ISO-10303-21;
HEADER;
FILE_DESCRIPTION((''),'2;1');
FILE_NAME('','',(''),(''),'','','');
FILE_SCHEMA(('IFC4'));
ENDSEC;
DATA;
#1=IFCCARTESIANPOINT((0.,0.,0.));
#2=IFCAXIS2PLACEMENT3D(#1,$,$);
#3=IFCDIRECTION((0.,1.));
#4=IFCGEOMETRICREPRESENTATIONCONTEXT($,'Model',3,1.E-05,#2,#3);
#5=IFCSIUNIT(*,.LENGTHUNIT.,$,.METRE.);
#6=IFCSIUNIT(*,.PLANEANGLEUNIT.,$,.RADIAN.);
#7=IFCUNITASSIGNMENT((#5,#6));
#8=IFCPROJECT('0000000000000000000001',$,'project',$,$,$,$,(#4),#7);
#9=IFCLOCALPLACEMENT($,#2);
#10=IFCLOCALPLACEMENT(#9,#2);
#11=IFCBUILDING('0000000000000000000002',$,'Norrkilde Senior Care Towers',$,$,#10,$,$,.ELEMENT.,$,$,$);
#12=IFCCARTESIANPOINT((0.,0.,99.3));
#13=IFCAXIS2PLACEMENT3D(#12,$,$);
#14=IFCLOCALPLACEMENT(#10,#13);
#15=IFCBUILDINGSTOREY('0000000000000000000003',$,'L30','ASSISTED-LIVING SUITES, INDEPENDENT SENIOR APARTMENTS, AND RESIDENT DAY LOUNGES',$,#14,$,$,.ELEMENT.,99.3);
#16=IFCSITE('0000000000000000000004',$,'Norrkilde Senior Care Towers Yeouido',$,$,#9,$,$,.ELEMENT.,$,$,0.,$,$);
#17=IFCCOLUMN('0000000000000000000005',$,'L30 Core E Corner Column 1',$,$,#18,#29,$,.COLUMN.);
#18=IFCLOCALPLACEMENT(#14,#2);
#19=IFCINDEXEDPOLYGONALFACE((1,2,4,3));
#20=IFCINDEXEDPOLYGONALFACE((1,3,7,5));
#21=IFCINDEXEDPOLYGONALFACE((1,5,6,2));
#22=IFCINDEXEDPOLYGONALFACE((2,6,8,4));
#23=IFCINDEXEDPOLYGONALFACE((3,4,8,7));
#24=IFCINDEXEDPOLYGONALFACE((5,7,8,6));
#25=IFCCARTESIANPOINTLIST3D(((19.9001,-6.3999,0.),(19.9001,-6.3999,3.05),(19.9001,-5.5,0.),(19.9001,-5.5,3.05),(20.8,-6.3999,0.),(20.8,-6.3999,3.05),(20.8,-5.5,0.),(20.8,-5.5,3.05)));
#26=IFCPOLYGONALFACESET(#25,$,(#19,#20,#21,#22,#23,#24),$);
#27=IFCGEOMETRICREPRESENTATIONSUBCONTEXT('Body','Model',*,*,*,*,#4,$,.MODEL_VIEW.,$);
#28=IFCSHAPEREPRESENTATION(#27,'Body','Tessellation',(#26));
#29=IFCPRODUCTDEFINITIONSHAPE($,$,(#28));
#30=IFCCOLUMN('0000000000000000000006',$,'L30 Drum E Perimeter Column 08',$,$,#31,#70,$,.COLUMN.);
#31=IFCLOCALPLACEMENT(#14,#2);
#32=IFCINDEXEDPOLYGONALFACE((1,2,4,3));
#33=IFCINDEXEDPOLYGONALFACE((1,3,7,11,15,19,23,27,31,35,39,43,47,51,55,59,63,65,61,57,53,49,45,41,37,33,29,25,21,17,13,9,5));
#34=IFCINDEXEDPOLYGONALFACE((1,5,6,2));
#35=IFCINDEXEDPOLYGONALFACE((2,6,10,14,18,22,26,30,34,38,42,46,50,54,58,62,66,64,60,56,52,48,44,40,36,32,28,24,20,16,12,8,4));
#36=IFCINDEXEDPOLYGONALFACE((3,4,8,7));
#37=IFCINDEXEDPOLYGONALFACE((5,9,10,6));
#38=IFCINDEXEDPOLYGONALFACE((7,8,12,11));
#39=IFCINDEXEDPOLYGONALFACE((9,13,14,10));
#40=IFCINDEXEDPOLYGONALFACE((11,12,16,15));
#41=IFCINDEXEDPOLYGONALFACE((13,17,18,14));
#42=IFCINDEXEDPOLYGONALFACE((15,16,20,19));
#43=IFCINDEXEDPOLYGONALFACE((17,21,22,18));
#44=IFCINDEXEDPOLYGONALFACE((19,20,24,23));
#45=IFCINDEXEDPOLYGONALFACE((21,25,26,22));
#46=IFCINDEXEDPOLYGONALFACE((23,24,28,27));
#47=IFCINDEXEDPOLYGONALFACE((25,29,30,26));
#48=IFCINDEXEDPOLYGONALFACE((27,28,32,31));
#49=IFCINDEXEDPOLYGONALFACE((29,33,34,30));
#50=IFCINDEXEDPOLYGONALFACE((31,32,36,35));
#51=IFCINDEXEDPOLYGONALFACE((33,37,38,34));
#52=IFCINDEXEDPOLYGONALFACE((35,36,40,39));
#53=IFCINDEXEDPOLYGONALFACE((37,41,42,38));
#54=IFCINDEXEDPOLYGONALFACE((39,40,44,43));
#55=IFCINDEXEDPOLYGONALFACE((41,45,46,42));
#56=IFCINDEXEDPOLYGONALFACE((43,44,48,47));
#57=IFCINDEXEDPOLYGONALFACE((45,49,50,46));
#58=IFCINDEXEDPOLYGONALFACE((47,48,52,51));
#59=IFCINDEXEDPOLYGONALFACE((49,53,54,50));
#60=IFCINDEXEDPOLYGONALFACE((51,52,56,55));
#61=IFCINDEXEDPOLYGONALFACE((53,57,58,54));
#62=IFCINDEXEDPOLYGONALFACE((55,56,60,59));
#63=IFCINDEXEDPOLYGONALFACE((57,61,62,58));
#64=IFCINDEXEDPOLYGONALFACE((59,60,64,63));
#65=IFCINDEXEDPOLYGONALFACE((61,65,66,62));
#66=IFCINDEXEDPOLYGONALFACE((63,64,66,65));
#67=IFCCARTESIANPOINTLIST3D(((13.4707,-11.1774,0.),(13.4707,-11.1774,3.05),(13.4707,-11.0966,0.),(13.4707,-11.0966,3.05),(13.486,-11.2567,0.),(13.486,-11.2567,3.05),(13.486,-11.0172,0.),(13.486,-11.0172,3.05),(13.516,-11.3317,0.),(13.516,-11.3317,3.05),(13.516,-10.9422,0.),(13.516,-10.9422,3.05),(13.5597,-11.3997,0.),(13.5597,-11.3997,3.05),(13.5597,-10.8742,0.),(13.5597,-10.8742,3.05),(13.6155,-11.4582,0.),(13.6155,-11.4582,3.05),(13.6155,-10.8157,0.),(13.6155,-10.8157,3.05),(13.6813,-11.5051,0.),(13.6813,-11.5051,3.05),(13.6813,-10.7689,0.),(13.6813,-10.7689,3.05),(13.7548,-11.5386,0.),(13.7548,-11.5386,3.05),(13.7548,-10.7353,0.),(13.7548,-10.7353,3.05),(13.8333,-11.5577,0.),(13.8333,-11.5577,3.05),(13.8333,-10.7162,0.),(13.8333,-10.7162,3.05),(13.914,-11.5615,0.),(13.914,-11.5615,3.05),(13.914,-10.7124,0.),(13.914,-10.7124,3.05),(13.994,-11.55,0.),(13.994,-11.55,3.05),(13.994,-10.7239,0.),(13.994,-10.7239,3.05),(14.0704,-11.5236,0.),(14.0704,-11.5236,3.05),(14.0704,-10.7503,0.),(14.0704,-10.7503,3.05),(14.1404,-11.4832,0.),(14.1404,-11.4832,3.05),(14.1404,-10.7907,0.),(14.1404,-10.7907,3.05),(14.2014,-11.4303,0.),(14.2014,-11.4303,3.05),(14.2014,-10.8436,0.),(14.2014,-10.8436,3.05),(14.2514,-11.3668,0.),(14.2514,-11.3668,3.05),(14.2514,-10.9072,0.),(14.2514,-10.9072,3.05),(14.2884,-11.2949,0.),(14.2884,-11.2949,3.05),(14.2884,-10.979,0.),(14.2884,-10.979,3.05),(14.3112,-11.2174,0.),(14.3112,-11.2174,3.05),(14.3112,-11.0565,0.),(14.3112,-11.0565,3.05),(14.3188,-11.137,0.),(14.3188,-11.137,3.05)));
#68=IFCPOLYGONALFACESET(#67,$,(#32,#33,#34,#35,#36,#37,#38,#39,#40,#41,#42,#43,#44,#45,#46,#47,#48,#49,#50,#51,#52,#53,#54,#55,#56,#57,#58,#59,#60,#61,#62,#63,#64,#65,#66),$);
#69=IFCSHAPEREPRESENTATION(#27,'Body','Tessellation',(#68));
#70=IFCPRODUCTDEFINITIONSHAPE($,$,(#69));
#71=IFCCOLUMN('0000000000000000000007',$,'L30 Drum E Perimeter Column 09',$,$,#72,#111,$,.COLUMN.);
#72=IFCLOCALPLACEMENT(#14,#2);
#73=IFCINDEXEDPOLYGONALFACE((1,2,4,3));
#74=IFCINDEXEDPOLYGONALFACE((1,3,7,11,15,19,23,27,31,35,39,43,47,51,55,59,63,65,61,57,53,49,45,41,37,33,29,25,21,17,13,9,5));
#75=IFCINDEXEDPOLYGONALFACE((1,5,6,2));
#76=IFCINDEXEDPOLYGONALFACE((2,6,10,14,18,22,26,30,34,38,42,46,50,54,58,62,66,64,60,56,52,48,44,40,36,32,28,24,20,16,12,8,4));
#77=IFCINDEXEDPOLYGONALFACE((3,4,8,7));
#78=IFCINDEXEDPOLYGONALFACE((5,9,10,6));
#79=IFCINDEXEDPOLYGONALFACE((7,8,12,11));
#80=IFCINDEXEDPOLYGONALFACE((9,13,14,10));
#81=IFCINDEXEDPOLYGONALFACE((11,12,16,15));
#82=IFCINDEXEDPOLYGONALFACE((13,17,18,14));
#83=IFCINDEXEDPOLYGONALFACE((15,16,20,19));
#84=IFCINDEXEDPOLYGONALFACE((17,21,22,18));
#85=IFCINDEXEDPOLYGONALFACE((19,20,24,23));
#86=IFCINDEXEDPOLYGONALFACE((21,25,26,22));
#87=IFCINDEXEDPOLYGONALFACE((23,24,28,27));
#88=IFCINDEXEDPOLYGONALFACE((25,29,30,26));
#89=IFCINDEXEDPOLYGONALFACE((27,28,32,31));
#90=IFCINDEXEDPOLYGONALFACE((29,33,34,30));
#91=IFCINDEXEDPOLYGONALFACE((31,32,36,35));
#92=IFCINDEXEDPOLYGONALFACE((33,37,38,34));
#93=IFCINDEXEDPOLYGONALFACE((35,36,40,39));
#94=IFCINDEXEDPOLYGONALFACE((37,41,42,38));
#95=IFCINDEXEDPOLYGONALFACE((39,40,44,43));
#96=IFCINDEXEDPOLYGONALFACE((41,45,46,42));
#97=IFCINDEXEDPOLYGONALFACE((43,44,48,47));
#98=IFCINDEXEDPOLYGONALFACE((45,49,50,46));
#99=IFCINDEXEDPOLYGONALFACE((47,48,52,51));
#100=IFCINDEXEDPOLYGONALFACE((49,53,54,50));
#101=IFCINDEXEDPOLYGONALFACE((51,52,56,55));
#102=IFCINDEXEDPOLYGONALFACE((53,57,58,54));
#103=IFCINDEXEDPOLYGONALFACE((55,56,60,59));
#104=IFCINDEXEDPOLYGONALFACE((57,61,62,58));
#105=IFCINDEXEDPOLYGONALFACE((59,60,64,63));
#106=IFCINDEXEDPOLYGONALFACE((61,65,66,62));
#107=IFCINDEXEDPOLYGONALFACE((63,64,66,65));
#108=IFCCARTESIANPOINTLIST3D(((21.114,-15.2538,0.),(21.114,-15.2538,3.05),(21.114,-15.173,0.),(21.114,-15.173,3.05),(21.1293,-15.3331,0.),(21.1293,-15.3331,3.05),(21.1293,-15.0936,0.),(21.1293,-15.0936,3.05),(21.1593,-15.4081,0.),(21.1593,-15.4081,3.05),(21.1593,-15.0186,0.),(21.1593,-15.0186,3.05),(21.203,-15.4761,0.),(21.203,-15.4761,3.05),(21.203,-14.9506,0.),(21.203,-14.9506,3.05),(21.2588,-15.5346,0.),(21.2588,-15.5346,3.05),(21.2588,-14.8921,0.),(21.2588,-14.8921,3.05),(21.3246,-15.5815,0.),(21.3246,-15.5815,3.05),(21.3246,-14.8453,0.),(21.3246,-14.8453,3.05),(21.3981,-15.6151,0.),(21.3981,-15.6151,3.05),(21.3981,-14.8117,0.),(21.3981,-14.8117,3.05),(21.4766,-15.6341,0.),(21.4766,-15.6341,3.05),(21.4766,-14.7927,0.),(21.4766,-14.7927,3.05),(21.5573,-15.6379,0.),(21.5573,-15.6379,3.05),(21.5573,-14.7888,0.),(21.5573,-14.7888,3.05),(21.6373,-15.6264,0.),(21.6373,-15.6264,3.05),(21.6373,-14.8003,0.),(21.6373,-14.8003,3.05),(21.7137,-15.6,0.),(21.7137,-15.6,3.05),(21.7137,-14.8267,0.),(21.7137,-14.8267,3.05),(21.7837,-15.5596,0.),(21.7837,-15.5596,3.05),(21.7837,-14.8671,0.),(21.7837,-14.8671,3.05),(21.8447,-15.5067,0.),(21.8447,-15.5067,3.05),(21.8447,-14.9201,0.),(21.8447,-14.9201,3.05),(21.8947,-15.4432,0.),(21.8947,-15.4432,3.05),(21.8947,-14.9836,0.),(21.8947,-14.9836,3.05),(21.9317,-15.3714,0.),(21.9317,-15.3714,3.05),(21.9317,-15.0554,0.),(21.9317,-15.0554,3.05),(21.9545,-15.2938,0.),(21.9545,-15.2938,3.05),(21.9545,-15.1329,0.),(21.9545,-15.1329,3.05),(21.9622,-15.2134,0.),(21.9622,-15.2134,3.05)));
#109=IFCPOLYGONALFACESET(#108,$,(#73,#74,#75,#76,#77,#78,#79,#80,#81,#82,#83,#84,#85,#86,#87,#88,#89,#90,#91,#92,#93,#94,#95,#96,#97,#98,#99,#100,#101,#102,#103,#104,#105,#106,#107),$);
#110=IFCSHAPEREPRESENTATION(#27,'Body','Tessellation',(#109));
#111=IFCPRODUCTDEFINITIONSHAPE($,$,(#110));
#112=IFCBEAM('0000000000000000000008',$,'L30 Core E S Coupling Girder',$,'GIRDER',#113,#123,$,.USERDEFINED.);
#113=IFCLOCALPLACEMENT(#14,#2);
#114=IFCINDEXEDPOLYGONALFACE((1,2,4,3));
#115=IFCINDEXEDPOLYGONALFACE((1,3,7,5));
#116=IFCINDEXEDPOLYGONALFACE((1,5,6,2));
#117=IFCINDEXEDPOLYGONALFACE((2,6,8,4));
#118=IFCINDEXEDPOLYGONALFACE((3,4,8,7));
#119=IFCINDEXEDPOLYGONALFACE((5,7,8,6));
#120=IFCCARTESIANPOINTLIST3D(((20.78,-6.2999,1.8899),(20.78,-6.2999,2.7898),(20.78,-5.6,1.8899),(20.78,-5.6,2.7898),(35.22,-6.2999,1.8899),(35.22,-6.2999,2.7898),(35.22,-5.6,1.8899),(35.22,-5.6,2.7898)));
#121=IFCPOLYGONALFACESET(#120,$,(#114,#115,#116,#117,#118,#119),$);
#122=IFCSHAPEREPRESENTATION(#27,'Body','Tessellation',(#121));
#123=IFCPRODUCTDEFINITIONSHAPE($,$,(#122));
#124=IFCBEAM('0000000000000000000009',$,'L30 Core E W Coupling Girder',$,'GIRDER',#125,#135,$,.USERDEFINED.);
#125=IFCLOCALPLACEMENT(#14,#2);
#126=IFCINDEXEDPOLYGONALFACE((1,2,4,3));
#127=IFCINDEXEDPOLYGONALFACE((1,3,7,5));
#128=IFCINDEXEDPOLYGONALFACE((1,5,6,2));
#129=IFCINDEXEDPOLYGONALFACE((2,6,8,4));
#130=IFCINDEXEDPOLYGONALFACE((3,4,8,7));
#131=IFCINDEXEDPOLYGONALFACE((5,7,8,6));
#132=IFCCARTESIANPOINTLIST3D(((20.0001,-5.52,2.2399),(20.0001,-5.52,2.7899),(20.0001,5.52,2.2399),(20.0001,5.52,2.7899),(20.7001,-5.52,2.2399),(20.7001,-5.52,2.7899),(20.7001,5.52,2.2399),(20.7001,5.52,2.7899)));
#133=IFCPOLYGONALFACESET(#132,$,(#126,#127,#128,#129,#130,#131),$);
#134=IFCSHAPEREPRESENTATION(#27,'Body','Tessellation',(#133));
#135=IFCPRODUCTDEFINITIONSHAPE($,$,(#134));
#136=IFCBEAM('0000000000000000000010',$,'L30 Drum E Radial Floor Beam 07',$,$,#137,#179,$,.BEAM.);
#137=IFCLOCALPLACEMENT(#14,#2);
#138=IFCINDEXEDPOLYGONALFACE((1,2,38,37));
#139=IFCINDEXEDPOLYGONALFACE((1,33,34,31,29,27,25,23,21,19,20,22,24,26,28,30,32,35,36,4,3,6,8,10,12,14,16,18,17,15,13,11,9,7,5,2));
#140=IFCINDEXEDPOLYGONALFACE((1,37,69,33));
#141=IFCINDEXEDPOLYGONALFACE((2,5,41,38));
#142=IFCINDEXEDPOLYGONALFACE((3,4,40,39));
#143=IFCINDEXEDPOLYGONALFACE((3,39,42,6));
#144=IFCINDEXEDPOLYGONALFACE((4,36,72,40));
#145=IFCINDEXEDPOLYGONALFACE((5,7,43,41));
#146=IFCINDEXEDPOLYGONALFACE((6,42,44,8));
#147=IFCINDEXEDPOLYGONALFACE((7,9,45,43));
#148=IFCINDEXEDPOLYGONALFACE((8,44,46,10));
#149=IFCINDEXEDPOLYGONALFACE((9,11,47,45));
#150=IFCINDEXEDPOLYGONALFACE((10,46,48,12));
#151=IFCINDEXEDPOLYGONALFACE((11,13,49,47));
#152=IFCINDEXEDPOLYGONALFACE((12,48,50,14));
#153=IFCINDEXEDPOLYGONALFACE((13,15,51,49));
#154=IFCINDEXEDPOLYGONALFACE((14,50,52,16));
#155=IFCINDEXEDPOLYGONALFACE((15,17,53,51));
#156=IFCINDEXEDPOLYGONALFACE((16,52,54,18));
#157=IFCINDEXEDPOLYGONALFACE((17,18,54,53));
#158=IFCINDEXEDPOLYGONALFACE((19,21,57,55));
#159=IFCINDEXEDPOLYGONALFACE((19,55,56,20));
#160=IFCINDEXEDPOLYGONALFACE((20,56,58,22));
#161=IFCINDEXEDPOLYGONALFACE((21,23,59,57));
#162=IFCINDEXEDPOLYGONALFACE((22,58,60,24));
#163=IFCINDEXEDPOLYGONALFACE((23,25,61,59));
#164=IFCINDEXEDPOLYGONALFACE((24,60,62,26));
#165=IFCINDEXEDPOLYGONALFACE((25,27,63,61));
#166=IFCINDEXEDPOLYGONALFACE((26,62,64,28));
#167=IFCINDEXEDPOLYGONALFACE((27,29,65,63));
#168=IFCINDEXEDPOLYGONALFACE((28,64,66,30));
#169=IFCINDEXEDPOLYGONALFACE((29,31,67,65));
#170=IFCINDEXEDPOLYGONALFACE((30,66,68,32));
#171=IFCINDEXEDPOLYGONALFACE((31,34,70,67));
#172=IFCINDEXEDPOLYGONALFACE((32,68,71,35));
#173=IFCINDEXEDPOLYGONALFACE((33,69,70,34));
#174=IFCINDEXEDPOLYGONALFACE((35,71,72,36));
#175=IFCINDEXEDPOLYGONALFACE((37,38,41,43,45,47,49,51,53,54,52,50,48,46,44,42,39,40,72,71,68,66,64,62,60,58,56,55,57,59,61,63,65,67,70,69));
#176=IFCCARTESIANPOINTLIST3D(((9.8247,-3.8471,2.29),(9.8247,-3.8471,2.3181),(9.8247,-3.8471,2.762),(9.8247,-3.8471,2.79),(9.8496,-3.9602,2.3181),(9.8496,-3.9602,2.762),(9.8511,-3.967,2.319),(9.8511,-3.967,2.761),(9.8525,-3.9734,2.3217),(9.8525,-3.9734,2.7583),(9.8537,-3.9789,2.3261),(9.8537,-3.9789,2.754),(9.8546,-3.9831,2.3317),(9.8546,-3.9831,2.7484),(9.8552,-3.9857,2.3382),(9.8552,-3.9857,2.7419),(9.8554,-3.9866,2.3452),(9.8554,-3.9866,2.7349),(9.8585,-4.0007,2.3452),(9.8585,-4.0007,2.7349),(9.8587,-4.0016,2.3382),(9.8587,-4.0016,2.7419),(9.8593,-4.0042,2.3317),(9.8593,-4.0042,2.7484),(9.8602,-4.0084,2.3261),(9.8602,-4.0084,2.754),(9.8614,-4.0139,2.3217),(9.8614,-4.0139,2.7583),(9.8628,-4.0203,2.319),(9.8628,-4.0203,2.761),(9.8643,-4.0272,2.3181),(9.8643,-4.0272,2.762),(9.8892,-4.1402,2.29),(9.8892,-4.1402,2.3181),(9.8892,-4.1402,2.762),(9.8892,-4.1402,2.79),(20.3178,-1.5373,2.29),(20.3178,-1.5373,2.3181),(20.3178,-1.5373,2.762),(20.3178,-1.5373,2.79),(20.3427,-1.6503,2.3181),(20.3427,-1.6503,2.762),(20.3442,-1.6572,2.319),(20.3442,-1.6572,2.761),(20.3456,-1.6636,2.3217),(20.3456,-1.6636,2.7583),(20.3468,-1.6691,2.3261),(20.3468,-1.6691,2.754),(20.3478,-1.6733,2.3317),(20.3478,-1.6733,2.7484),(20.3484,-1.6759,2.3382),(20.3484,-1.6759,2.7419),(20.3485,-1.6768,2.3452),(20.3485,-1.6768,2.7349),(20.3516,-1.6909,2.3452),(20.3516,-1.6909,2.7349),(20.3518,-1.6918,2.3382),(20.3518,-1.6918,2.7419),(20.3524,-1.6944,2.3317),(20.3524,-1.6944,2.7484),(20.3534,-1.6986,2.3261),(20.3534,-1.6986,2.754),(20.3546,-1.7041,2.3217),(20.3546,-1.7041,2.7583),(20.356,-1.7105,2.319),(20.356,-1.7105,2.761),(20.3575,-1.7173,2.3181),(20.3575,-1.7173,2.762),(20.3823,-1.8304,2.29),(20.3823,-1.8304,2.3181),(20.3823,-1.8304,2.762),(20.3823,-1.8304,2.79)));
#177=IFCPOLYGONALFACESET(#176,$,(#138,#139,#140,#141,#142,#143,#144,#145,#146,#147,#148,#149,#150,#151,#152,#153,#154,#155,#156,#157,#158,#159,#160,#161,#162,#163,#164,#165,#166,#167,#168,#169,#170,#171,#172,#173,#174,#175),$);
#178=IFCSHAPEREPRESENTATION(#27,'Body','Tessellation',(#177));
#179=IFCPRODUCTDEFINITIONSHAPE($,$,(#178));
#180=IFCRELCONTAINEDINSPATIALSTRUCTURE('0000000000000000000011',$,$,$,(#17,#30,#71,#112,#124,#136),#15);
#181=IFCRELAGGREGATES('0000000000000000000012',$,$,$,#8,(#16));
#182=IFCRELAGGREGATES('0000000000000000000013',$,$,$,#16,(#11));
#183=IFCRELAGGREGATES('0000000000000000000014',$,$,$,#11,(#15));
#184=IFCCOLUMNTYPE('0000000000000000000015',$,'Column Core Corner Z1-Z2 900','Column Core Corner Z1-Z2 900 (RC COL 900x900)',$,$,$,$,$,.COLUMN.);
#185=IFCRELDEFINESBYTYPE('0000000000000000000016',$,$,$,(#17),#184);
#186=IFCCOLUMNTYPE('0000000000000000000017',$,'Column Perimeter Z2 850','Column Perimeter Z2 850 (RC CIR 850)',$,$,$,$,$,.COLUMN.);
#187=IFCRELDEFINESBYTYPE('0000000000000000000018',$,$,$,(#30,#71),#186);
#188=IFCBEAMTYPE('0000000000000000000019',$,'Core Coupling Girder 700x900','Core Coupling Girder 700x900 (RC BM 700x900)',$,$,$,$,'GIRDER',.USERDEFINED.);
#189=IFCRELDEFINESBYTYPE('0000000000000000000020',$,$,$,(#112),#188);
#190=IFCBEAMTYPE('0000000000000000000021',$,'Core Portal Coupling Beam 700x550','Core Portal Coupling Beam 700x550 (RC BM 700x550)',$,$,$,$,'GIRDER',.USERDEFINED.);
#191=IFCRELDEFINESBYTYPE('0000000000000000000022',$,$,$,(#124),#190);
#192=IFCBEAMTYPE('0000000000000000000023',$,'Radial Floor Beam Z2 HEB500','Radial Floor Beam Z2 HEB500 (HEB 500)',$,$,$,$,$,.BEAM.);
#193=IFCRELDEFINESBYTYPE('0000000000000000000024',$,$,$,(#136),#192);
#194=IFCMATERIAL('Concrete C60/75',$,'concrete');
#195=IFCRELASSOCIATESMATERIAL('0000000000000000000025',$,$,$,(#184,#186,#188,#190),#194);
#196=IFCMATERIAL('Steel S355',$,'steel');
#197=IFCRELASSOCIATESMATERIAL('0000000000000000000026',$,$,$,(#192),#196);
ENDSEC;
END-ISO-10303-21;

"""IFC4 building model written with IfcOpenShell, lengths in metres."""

from ifc_helpers import new_model, si_unit, direction, frame, origin, origin_2d, place, context, subcontext, project, spatial, rectangle, circle, i_section, extrude, source, transform, mapped, material, material_profile, profile_set, type_object, type_shapes, element, save


model = new_model("IFC4")

# Units and contexts
model_context = context("Model", 3, precision=1e-05, world=origin(), true_north=direction((0.0, 1.0)))
body_context = subcontext(model_context, "Body", "Model", "MODEL_VIEW")
ifc_project = project(units=[si_unit("LENGTHUNIT", "METRE"), si_unit("PLANEANGLEUNIT", "RADIAN")], contexts=[model_context])

# Site, building, storey
site_placement = place(None, origin())
site = spatial("IfcSite", under=ifc_project, at=site_placement, Name="Norrkilde Senior Care Towers Yeouido", CompositionType="ELEMENT", RefElevation=0.0)
building_placement = place(site_placement, origin())
building = spatial("IfcBuilding", under=site, at=building_placement, Name="Norrkilde Senior Care Towers", CompositionType="ELEMENT")
storey_placement = place(building_placement, frame((0.0, 0.0, 99.3)))
storey = spatial("IfcBuildingStorey", under=building, at=storey_placement, Name="L30", Description="ASSISTED-LIVING SUITES, INDEPENDENT SENIOR APARTMENTS, AND RESIDENT DAY LOUNGES", CompositionType="ELEMENT", Elevation=99.3)

# Columns
ifc_material_1 = material(Name="Concrete C60/75", Category="concrete")
ifc_material_profile_1 = material_profile(ifc_material_1, rectangle(XDim=0.8999, YDim=0.8999, at=origin_2d()), Name="RC COL 900x900")
ifc_profile_set_1 = profile_set([ifc_material_profile_1], Name="Concrete C60/75")
column_type_1 = type_object("IfcColumnType", Name="Column Core Corner Z1-Z2 900", Description="Column Core Corner Z1-Z2 900 (RC COL 900x900)", PredefinedType="COLUMN", material=ifc_profile_set_1)
shared_shape_1 = source(origin(), body_context, "Body", "SweptSolid", [
    extrude(rectangle(XDim=0.8999, YDim=0.8999, at=origin_2d()), origin(), (0.0, 0.0, 1.0), 3.05),
])
type_shapes(column_type_1, [shared_shape_1])
column_placement = place(storey_placement, frame((20.3501, -5.95, 0.0), z_axis=(0.0, 0.0, 1.0), x_axis=(1.0, 0.0, 0.0)))
element("IfcColumn", 1, at=column_placement, inside=storey, type_object=column_type_1, Name="L30 Core E Corner Column 1", PredefinedType="COLUMN", context=body_context, shape_type="MappedRepresentation", body=[
    mapped(shared_shape_1, transform((0.0, 0.0, 0.0), x_axis=(1.0, 0.0, 0.0), y_axis=(0.0, 1.0, 0.0), z_axis=(0.0, 0.0, 1.0), scale=1.0)),
])
ifc_material_profile_2 = material_profile(ifc_material_1, circle(Radius=0.425, at=origin_2d()), Name="RC CIR 850")
ifc_profile_set_2 = profile_set([ifc_material_profile_2], Name="Concrete C60/75")
column_type_2 = type_object("IfcColumnType", Name="Column Perimeter Z2 850", Description="Column Perimeter Z2 850 (RC CIR 850)", PredefinedType="COLUMN", material=ifc_profile_set_2)
shared_shape_2 = source(origin(), body_context, "Body", "SweptSolid", [
    extrude(circle(Radius=0.425, at=origin_2d()), origin(), (0.0, 0.0, 1.0), 3.05),
])
type_shapes(column_type_2, [shared_shape_2])
for number, where, z_axis, x_axis, name in (
    (2, (13.8938, -11.137, 0.0), (0.0, 0.0, 1.0), (1.0, 0.0, 0.0), "L30 Drum E Perimeter Column 08"),
    (3, (21.5371, -15.2134, 0.0), (0.0, 0.0, 1.0), (1.0, 0.0, 0.0), "L30 Drum E Perimeter Column 09"),
):
    element("IfcColumn", number, at=place(storey_placement, frame(where, z_axis=z_axis, x_axis=x_axis)), inside=storey, type_object=column_type_2, Name=name, PredefinedType="COLUMN", context=body_context, shape_type="MappedRepresentation", body=[
        mapped(shared_shape_2, transform((0.0, 0.0, 0.0), x_axis=(1.0, 0.0, 0.0), y_axis=(0.0, 1.0, 0.0), z_axis=(0.0, 0.0, 1.0), scale=1.0)),
    ])

# Beams
ifc_material_profile_3 = material_profile(ifc_material_1, rectangle(XDim=0.7, YDim=0.8999, at=origin_2d()), Name="RC BM 700x900")
ifc_profile_set_3 = profile_set([ifc_material_profile_3], Name="Concrete C60/75")
beam_type_1 = type_object("IfcBeamType", Name="Core Coupling Girder 700x900", Description="Core Coupling Girder 700x900 (RC BM 700x900)", ElementType="GIRDER", PredefinedType="USERDEFINED", material=ifc_profile_set_3)
shared_shape_3 = source(origin(), body_context, "Body", "SweptSolid", [
    extrude(rectangle(XDim=0.7, YDim=0.8999, at=origin_2d()), origin(), (0.0, 0.0, 1.0), 14.4399),
])
type_shapes(beam_type_1, [shared_shape_3])
beam_1_placement = place(storey_placement, frame((20.78, -5.95, 2.3398), z_axis=(1.0, 0.0, 0.0), x_axis=(0.0, 1.0, 0.0)))
element("IfcBeam", 4, at=beam_1_placement, inside=storey, type_object=beam_type_1, Name="L30 Core E S Coupling Girder", ObjectType="GIRDER", PredefinedType="USERDEFINED", context=body_context, shape_type="MappedRepresentation", body=[
    mapped(shared_shape_3, transform((0.0, 0.0, 0.0), x_axis=(1.0, 0.0, 0.0), y_axis=(0.0, 1.0, 0.0), z_axis=(0.0, 0.0, 1.0), scale=1.0)),
])
ifc_material_profile_4 = material_profile(ifc_material_1, rectangle(XDim=0.7, YDim=0.55, at=origin_2d()), Name="RC BM 700x550")
ifc_profile_set_4 = profile_set([ifc_material_profile_4], Name="Concrete C60/75")
beam_type_2 = type_object("IfcBeamType", Name="Core Portal Coupling Beam 700x550", Description="Core Portal Coupling Beam 700x550 (RC BM 700x550)", ElementType="GIRDER", PredefinedType="USERDEFINED", material=ifc_profile_set_4)
shared_shape_4 = source(origin(), body_context, "Body", "SweptSolid", [
    extrude(rectangle(XDim=0.7, YDim=0.55, at=origin_2d()), origin(), (0.0, 0.0, 1.0), 11.04),
])
type_shapes(beam_type_2, [shared_shape_4])
beam_2_placement = place(storey_placement, frame((20.3501, -5.52, 2.5149), z_axis=(0.0, 1.0, 0.0), x_axis=(-1.0, 0.0, 0.0)))
element("IfcBeam", 5, at=beam_2_placement, inside=storey, type_object=beam_type_2, Name="L30 Core E W Coupling Girder", ObjectType="GIRDER", PredefinedType="USERDEFINED", context=body_context, shape_type="MappedRepresentation", body=[
    mapped(shared_shape_4, transform((0.0, 0.0, 0.0), x_axis=(1.0, 0.0, 0.0), y_axis=(0.0, 1.0, 0.0), z_axis=(0.0, 0.0, 1.0), scale=1.0)),
])
ifc_material_2 = material(Name="Steel S355", Category="steel")
ifc_material_profile_5 = material_profile(ifc_material_2, i_section(OverallWidth=0.3, OverallDepth=0.5, WebThickness=0.0144, FlangeThickness=0.0281, FilletRadius=0.0271, at=origin_2d()), Name="HEB 500")
ifc_profile_set_5 = profile_set([ifc_material_profile_5], Name="Steel S355")
beam_type_3 = type_object("IfcBeamType", Name="Radial Floor Beam Z2 HEB500", Description="Radial Floor Beam Z2 HEB500 (HEB 500)", PredefinedType="BEAM", material=ifc_profile_set_5)
shared_shape_5 = source(origin(), body_context, "Body", "SweptSolid", [
    extrude(i_section(OverallWidth=0.3, OverallDepth=0.5, WebThickness=0.0144, FlangeThickness=0.0281, FilletRadius=0.0271, at=origin_2d()), origin(), (0.0, 0.0, 1.0), 10.7444),
])
beam_3_placement = place(storey_placement, frame((20.3501, -1.6838, 2.54), z_axis=(-0.976619, -0.214979, 0.0), x_axis=(0.214979, -0.976619, 0.0)))
element("IfcBeam", 6, at=beam_3_placement, inside=storey, type_object=beam_type_3, Name="L30 Drum E Radial Floor Beam 07", PredefinedType="BEAM", context=body_context, shape_type="MappedRepresentation", body=[
    mapped(shared_shape_5, transform((0.0, 0.0, 0.0), x_axis=(1.0, 0.0, 0.0), y_axis=(0.0, 1.0, 0.0), z_axis=(0.0, 0.0, 1.0), scale=1.0)),
])

save(model, "model.ifc")
